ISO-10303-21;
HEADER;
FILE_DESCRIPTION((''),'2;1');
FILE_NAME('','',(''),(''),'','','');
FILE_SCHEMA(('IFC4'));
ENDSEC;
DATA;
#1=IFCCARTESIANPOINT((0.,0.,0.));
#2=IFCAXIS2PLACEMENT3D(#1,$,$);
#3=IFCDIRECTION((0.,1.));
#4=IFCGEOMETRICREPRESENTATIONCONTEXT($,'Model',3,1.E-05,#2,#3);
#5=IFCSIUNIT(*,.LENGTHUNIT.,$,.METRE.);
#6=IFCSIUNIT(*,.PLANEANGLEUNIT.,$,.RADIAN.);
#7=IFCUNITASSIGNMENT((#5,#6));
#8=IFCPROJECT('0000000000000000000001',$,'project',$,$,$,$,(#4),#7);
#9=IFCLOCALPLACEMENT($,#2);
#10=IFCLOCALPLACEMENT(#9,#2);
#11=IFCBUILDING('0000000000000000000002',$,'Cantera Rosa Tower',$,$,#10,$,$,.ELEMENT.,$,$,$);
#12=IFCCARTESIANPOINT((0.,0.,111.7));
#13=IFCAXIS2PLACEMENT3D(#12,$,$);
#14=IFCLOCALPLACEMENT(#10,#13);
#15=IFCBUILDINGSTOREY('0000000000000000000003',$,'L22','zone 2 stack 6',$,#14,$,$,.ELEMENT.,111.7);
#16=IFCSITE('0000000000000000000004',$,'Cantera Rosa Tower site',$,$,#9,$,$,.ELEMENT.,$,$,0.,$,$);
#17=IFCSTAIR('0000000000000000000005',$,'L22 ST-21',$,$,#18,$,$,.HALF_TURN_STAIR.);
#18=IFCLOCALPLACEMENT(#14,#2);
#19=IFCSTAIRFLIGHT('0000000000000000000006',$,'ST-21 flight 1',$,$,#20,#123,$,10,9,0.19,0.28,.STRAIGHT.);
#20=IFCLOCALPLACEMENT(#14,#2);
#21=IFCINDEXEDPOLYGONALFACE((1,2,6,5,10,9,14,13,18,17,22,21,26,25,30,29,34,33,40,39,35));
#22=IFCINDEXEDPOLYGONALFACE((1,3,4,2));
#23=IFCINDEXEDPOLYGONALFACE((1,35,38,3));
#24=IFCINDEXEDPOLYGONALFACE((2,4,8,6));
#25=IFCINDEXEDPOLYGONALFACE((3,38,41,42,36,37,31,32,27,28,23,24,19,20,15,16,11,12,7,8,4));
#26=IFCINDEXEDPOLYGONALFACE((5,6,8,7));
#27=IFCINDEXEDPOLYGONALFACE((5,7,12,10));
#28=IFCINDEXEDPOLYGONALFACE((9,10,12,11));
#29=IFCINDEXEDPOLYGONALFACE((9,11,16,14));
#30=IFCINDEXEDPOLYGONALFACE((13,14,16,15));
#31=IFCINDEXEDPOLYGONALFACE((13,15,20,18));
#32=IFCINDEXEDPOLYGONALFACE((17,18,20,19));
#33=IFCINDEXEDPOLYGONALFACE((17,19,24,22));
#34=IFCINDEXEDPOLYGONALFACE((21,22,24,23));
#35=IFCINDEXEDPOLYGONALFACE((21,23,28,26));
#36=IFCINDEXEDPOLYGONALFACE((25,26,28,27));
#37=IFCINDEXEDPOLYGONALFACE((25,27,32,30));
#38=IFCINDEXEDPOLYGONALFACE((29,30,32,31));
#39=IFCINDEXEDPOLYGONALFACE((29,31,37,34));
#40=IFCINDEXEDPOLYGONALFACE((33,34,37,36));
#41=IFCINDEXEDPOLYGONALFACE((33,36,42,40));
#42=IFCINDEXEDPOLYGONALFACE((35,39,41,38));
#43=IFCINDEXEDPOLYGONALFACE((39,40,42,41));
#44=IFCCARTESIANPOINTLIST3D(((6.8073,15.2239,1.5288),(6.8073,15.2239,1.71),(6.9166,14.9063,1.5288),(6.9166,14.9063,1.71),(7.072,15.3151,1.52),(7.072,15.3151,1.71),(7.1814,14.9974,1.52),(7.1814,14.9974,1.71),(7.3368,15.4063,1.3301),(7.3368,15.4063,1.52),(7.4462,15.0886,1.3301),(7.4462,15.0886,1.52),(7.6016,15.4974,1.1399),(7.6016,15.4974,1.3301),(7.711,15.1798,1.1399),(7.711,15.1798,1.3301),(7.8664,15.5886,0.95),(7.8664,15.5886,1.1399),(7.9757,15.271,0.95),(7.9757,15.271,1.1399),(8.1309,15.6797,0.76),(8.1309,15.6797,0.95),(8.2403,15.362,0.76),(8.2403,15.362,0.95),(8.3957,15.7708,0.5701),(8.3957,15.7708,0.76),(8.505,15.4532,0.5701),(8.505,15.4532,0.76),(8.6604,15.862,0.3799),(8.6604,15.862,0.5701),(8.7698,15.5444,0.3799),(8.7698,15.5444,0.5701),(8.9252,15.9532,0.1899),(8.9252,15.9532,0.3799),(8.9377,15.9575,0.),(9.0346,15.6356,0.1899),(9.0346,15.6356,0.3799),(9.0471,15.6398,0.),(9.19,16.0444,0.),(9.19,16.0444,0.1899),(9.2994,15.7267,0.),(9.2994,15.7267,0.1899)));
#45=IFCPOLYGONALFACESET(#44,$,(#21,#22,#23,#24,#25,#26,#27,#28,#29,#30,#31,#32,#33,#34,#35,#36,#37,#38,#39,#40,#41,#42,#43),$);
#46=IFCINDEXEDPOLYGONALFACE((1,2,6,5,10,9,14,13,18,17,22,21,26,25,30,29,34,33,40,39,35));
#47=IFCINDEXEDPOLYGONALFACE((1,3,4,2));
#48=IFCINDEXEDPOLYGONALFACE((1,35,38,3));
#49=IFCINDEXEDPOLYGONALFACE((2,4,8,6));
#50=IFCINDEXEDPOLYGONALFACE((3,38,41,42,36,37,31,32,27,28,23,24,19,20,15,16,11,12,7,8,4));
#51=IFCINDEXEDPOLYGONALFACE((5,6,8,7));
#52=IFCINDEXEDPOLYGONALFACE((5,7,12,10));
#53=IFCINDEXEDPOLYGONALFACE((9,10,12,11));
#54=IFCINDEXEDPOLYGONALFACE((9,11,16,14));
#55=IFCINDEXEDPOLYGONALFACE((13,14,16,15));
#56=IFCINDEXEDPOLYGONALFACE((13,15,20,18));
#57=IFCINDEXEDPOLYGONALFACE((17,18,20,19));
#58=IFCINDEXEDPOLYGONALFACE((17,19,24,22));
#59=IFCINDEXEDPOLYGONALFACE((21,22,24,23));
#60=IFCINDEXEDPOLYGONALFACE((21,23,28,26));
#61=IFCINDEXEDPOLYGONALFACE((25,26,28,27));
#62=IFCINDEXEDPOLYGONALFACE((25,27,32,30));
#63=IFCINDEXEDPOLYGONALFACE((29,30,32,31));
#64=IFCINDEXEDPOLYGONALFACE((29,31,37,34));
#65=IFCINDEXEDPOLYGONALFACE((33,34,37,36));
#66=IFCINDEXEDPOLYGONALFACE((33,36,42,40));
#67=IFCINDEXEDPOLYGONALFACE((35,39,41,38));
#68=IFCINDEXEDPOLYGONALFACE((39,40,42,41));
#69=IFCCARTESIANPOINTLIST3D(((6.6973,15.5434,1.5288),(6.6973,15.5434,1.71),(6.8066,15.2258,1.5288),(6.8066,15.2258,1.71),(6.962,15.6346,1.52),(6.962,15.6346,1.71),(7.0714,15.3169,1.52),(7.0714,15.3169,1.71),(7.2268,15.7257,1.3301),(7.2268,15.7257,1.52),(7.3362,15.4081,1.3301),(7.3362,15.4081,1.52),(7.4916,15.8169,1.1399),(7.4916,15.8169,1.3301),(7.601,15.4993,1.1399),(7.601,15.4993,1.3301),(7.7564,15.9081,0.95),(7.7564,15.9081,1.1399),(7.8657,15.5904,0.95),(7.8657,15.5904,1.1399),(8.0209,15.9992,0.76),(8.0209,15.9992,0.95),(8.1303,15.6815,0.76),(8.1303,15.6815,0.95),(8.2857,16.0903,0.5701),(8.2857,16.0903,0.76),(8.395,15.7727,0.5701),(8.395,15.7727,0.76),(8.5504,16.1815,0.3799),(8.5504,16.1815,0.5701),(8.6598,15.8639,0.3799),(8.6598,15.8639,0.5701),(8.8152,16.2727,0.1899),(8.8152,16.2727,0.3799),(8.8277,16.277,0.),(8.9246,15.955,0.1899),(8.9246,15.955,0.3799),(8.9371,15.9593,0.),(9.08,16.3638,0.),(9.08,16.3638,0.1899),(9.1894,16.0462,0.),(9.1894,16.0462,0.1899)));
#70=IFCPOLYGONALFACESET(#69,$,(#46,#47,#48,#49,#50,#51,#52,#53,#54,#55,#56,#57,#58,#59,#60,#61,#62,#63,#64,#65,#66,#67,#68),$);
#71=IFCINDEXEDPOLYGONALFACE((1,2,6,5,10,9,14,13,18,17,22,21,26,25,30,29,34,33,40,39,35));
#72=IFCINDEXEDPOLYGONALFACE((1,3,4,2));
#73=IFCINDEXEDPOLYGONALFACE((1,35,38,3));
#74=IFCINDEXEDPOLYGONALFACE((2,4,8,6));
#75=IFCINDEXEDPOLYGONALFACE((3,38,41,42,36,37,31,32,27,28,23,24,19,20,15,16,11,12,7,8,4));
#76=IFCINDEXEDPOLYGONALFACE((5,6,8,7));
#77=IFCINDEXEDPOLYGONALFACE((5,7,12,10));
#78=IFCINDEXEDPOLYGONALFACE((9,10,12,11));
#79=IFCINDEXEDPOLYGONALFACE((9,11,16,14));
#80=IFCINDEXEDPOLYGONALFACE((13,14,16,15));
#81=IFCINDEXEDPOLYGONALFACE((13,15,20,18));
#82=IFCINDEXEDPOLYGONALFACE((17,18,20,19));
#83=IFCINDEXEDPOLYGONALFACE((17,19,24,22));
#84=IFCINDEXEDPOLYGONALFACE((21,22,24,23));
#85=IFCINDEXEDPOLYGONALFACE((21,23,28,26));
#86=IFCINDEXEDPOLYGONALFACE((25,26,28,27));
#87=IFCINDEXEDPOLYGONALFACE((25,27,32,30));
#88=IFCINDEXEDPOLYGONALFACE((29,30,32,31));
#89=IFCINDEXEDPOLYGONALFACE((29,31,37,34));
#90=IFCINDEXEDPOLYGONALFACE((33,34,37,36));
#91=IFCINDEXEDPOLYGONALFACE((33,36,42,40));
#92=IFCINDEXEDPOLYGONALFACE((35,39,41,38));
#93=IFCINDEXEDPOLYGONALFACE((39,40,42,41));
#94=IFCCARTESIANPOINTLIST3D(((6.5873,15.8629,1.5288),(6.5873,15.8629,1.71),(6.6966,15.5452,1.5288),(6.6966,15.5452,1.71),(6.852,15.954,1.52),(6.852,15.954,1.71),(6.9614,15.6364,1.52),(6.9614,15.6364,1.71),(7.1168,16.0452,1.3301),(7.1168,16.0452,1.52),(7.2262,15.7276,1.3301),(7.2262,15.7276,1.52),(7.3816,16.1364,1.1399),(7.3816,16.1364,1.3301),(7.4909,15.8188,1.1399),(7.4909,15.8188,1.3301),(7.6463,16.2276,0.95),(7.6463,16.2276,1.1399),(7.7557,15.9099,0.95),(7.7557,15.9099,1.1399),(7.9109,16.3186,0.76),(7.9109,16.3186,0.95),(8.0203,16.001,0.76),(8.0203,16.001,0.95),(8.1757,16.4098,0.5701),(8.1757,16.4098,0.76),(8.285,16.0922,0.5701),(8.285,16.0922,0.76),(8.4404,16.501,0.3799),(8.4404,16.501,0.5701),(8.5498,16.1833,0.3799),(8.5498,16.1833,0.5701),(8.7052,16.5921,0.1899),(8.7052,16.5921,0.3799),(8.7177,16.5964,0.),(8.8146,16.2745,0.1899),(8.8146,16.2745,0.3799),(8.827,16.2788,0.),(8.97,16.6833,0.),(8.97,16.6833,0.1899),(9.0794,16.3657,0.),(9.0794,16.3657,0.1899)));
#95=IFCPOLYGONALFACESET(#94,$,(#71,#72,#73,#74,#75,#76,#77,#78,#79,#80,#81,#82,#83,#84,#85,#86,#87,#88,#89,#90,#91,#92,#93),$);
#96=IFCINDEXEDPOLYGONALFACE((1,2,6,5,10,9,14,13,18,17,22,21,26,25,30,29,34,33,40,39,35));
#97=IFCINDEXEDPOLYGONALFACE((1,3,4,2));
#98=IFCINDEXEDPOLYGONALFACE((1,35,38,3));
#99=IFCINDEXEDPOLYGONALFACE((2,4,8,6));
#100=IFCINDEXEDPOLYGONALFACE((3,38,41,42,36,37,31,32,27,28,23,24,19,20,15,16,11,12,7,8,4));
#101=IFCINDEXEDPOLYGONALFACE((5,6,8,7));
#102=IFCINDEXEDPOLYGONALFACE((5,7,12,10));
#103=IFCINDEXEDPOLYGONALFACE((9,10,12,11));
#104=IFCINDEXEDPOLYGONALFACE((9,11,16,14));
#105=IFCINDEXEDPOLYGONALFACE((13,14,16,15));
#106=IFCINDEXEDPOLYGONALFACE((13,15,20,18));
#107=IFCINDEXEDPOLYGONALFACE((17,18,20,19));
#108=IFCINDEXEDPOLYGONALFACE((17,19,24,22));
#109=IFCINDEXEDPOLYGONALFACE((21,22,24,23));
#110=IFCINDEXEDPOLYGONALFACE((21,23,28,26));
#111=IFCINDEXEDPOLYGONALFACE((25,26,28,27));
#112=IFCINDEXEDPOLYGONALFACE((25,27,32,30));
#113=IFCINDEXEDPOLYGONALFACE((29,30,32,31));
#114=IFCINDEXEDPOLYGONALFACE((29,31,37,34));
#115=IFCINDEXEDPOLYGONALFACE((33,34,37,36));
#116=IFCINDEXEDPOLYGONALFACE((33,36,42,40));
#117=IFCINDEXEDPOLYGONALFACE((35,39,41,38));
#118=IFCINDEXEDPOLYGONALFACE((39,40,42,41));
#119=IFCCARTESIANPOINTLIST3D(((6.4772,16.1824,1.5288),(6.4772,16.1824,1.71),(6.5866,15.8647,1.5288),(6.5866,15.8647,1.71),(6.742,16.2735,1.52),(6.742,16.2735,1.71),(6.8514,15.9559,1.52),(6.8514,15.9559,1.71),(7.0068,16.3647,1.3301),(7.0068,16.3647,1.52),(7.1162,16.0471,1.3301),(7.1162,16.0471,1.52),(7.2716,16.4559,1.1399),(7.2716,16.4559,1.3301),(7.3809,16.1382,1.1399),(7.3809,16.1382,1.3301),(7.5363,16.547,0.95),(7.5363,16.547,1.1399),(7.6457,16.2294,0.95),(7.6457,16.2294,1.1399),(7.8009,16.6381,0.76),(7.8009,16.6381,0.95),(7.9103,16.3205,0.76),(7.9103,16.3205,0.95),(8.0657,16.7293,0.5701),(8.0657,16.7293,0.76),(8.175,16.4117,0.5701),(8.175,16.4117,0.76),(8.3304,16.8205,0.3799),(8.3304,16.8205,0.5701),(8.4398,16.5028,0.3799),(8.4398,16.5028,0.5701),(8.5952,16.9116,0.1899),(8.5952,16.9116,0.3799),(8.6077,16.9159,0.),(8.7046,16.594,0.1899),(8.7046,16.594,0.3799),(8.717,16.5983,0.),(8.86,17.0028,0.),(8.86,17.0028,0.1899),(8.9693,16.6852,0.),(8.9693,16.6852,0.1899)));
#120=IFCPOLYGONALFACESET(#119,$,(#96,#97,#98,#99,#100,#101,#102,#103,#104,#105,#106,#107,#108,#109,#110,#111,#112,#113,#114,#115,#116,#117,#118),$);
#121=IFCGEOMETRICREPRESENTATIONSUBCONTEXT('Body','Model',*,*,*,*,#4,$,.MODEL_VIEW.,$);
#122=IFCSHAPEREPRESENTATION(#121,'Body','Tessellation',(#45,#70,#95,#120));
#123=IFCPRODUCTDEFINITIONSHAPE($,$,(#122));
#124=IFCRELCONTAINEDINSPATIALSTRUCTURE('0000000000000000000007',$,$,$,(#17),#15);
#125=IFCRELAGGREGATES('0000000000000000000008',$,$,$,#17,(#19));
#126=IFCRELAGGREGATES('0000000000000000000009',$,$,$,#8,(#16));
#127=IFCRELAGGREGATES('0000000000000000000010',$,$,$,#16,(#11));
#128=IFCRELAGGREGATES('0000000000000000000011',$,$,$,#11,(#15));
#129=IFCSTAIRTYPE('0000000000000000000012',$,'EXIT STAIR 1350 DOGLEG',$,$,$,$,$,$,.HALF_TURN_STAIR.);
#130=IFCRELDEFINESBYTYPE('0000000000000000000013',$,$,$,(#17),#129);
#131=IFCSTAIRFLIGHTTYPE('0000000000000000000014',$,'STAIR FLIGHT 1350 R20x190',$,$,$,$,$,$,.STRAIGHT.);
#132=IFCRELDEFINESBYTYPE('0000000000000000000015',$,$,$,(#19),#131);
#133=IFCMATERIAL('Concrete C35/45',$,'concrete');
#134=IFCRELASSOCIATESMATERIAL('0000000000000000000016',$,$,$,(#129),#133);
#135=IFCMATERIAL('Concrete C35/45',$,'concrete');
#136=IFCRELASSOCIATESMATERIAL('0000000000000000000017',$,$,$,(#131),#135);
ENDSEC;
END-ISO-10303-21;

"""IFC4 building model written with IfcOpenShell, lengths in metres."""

from ifc_helpers import new_model, si_unit, direction, frame, origin, place, context, subcontext, project, spatial, polyline, outline, extrude, material, type_object, element, aggregate, save


model = new_model("IFC4")

# Units and contexts
model_context = context("Model", 3, precision=1e-05, world=origin(), true_north=direction((0.0, 1.0)))
body_context = subcontext(model_context, "Body", "Model", "MODEL_VIEW")
ifc_project = project(units=[si_unit("LENGTHUNIT", "METRE"), si_unit("PLANEANGLEUNIT", "RADIAN")], contexts=[model_context])

# Site, building, storey
site_placement = place(None, origin())
site = spatial("IfcSite", under=ifc_project, at=site_placement, Name="Cantera Rosa Tower site", CompositionType="ELEMENT", RefElevation=0.0)
building_placement = place(site_placement, origin())
building = spatial("IfcBuilding", under=site, at=building_placement, Name="Cantera Rosa Tower", CompositionType="ELEMENT")
storey_placement = place(building_placement, frame((0.0, 0.0, 111.7)))
storey = spatial("IfcBuildingStorey", under=building, at=storey_placement, Name="L22", Description="zone 2 stack 6", CompositionType="ELEMENT", Elevation=111.7)

# Stair, stair flight
ifc_material_1 = material(Name="Concrete C35/45", Category="concrete")
stair_type = type_object("IfcStairType", Name="EXIT STAIR 1350 DOGLEG", PredefinedType="HALF_TURN_STAIR", material=ifc_material_1)
stair_placement = place(storey_placement, origin())
stair = element("IfcStair", 1, at=stair_placement, inside=storey, type_object=stair_type, Name="L22 ST-21", PredefinedType="HALF_TURN_STAIR")
ifc_material_2 = material(Name="Concrete C35/45", Category="concrete")
stair_flight_type = type_object("IfcStairFlightType", Name="STAIR FLIGHT 1350 R20x190", PredefinedType="STRAIGHT", material=ifc_material_2)
stair_flight_placement = place(storey_placement, frame((9.0796, 16.365, 0.0), z_axis=(0.0, 0.0, 1.0), x_axis=(-0.945519, -0.325568, 0.0)))
stair_flight = element("IfcStairFlight", 2, at=stair_flight_placement, type_object=stair_flight_type, Name="ST-21 flight 1", NumberOfRisers=10, NumberOfTreads=9, PredefinedType="STRAIGHT", RiserHeight=0.19, TreadLength=0.28, context=body_context, shape_type="SweptSolid", body=[
    extrude(outline(polyline([(0.0, 0.0), (0.0, 0.1899), (0.28, 0.1899), (0.28, 0.3799), (0.5601, 0.3799), (0.5601, 0.5701), (0.8401, 0.5701), (0.8401, 0.76), (1.1201, 0.76), (1.1201, 0.95), (1.3999, 0.95), (1.3999, 1.1399), (1.6799, 1.1399), (1.6799, 1.3301), (1.96, 1.3301), (1.96, 1.52), (2.24, 1.52), (2.24, 1.71), (2.52, 1.71), (2.52, 1.8999), (2.52, 1.5288), (0.2668, 0.0), (0.0, 0.0)])), frame((0.0, 0.675, 0.0), z_axis=(0.0, -1.0, 0.0), x_axis=(1.0, 0.0, 0.0)), (0.0, 0.0, 1.0), 0.3359),
    extrude(outline(polyline([(0.0, 0.0), (0.0, 0.1899), (0.28, 0.1899), (0.28, 0.3799), (0.5601, 0.3799), (0.5601, 0.5701), (0.8401, 0.5701), (0.8401, 0.76), (1.1201, 0.76), (1.1201, 0.95), (1.3999, 0.95), (1.3999, 1.1399), (1.6799, 1.1399), (1.6799, 1.3301), (1.96, 1.3301), (1.96, 1.52), (2.24, 1.52), (2.24, 1.71), (2.52, 1.71), (2.52, 1.8999), (2.52, 1.5288), (0.2668, 0.0), (0.0, 0.0)])), frame((0.0, 0.3372, 0.0), z_axis=(0.0, -1.0, 0.0), x_axis=(1.0, 0.0, 0.0)), (0.0, 0.0, 1.0), 0.3359),
    extrude(outline(polyline([(0.0, 0.0), (0.0, 0.1899), (0.28, 0.1899), (0.28, 0.3799), (0.5601, 0.3799), (0.5601, 0.5701), (0.8401, 0.5701), (0.8401, 0.76), (1.1201, 0.76), (1.1201, 0.95), (1.3999, 0.95), (1.3999, 1.1399), (1.6799, 1.1399), (1.6799, 1.3301), (1.96, 1.3301), (1.96, 1.52), (2.24, 1.52), (2.24, 1.71), (2.52, 1.71), (2.52, 1.8999), (2.52, 1.5288), (0.2668, 0.0), (0.0, 0.0)])), frame((0.0, -0.0007, 0.0), z_axis=(0.0, -1.0, 0.0), x_axis=(1.0, 0.0, 0.0)), (0.0, 0.0, 1.0), 0.3359),
    extrude(outline(polyline([(0.0, 0.0), (0.0, 0.1899), (0.28, 0.1899), (0.28, 0.3799), (0.5601, 0.3799), (0.5601, 0.5701), (0.8401, 0.5701), (0.8401, 0.76), (1.1201, 0.76), (1.1201, 0.95), (1.3999, 0.95), (1.3999, 1.1399), (1.6799, 1.1399), (1.6799, 1.3301), (1.96, 1.3301), (1.96, 1.52), (2.24, 1.52), (2.24, 1.71), (2.52, 1.71), (2.52, 1.8999), (2.52, 1.5288), (0.2668, 0.0), (0.0, 0.0)])), frame((0.0, -0.3386, 0.0), z_axis=(0.0, -1.0, 0.0), x_axis=(1.0, 0.0, 0.0)), (0.0, 0.0, 1.0), 0.3359),
])
aggregate(stair, [stair_flight])

save(model, "model.ifc")
